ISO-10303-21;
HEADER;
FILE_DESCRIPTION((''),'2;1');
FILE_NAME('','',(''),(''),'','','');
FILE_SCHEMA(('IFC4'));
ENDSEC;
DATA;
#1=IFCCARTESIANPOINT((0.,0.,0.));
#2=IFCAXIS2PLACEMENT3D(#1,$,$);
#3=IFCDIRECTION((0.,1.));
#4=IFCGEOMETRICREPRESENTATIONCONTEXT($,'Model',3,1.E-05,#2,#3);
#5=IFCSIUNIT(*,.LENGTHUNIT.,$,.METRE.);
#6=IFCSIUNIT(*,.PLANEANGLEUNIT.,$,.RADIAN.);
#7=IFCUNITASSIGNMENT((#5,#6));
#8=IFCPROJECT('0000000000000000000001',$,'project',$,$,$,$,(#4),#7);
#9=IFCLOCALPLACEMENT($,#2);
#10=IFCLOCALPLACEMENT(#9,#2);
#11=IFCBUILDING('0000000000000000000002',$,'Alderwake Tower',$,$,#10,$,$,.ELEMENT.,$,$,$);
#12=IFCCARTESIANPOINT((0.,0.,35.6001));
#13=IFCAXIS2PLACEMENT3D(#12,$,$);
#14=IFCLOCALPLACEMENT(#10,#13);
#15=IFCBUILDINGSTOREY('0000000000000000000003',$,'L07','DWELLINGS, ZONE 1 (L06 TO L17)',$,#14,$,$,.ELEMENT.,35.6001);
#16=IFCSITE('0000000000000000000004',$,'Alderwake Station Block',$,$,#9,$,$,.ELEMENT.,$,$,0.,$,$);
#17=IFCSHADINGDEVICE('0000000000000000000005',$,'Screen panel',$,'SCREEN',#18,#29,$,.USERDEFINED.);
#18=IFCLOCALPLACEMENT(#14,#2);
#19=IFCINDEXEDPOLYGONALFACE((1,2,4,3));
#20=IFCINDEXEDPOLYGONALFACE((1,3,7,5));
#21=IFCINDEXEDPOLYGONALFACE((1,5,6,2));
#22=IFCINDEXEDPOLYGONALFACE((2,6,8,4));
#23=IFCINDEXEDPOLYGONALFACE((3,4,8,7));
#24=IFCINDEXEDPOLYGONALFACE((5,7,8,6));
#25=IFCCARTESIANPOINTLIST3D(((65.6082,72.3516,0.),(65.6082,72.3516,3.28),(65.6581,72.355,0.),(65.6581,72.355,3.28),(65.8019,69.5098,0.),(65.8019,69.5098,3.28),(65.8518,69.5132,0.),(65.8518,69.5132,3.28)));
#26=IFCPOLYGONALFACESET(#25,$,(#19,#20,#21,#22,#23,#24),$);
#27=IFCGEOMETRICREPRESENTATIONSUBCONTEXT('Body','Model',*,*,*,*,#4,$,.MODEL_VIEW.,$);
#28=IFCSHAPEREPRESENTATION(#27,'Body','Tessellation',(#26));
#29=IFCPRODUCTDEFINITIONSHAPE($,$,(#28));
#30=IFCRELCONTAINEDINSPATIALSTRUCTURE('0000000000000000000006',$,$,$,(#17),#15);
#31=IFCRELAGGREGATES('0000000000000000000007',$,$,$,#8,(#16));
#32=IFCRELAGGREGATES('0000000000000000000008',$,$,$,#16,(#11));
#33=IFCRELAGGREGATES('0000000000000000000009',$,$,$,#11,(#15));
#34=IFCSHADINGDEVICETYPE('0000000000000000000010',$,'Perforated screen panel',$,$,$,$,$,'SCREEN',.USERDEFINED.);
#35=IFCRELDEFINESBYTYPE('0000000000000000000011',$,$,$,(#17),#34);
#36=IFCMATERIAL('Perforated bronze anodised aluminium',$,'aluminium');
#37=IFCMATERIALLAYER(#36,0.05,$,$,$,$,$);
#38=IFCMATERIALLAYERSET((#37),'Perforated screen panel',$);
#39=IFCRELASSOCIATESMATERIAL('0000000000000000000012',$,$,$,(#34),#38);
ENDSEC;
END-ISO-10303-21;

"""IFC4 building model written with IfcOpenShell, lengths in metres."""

from ifc_helpers import new_model, si_unit, direction, frame, origin, origin_2d, place, context, subcontext, project, spatial, rectangle, extrude, material, layer, layer_set, type_object, element, save


model = new_model("IFC4")

# Units and contexts
model_context = context("Model", 3, precision=1e-05, world=origin(), true_north=direction((0.0, 1.0)))
body_context = subcontext(model_context, "Body", "Model", "MODEL_VIEW")
ifc_project = project(units=[si_unit("LENGTHUNIT", "METRE"), si_unit("PLANEANGLEUNIT", "RADIAN")], contexts=[model_context])

# Site, building, storey
site_placement = place(None, origin())
site = spatial("IfcSite", under=ifc_project, at=site_placement, Name="Alderwake Station Block", CompositionType="ELEMENT", RefElevation=0.0)
building_placement = place(site_placement, origin())
building = spatial("IfcBuilding", under=site, at=building_placement, Name="Alderwake Tower", CompositionType="ELEMENT")
storey_placement = place(building_placement, frame((0.0, 0.0, 35.6001)))
storey = spatial("IfcBuildingStorey", under=building, at=storey_placement, Name="L07", Description="DWELLINGS, ZONE 1 (L06 TO L17)", CompositionType="ELEMENT", Elevation=35.6001)

# Shading device
ifc_material_1 = material(Name="Perforated bronze anodised aluminium", Category="aluminium")
ifc_layer_1 = layer(ifc_material_1, 0.05)
ifc_layer_set_1 = layer_set([ifc_layer_1], Name="Perforated screen panel")
shading_device_type_1 = type_object("IfcShadingDeviceType", Name="Perforated screen panel", ElementType="SCREEN", PredefinedType="USERDEFINED", material=ifc_layer_set_1)
shading_device_placement = place(storey_placement, frame((65.73, 70.9324, 0.0), z_axis=(0.0, 0.0, 1.0), x_axis=(0.997685, 0.067998, 0.0)))
element("IfcShadingDevice", 1, at=shading_device_placement, inside=storey, type_object=shading_device_type_1, Name="Screen panel", ObjectType="SCREEN", PredefinedType="USERDEFINED", context=body_context, shape_type="SweptSolid", body=[
    extrude(rectangle(XDim=0.05, YDim=2.8484, at=origin_2d()), origin(), (0.0, 0.0, 1.0), 3.28),
])

save(model, "model.ifc")
